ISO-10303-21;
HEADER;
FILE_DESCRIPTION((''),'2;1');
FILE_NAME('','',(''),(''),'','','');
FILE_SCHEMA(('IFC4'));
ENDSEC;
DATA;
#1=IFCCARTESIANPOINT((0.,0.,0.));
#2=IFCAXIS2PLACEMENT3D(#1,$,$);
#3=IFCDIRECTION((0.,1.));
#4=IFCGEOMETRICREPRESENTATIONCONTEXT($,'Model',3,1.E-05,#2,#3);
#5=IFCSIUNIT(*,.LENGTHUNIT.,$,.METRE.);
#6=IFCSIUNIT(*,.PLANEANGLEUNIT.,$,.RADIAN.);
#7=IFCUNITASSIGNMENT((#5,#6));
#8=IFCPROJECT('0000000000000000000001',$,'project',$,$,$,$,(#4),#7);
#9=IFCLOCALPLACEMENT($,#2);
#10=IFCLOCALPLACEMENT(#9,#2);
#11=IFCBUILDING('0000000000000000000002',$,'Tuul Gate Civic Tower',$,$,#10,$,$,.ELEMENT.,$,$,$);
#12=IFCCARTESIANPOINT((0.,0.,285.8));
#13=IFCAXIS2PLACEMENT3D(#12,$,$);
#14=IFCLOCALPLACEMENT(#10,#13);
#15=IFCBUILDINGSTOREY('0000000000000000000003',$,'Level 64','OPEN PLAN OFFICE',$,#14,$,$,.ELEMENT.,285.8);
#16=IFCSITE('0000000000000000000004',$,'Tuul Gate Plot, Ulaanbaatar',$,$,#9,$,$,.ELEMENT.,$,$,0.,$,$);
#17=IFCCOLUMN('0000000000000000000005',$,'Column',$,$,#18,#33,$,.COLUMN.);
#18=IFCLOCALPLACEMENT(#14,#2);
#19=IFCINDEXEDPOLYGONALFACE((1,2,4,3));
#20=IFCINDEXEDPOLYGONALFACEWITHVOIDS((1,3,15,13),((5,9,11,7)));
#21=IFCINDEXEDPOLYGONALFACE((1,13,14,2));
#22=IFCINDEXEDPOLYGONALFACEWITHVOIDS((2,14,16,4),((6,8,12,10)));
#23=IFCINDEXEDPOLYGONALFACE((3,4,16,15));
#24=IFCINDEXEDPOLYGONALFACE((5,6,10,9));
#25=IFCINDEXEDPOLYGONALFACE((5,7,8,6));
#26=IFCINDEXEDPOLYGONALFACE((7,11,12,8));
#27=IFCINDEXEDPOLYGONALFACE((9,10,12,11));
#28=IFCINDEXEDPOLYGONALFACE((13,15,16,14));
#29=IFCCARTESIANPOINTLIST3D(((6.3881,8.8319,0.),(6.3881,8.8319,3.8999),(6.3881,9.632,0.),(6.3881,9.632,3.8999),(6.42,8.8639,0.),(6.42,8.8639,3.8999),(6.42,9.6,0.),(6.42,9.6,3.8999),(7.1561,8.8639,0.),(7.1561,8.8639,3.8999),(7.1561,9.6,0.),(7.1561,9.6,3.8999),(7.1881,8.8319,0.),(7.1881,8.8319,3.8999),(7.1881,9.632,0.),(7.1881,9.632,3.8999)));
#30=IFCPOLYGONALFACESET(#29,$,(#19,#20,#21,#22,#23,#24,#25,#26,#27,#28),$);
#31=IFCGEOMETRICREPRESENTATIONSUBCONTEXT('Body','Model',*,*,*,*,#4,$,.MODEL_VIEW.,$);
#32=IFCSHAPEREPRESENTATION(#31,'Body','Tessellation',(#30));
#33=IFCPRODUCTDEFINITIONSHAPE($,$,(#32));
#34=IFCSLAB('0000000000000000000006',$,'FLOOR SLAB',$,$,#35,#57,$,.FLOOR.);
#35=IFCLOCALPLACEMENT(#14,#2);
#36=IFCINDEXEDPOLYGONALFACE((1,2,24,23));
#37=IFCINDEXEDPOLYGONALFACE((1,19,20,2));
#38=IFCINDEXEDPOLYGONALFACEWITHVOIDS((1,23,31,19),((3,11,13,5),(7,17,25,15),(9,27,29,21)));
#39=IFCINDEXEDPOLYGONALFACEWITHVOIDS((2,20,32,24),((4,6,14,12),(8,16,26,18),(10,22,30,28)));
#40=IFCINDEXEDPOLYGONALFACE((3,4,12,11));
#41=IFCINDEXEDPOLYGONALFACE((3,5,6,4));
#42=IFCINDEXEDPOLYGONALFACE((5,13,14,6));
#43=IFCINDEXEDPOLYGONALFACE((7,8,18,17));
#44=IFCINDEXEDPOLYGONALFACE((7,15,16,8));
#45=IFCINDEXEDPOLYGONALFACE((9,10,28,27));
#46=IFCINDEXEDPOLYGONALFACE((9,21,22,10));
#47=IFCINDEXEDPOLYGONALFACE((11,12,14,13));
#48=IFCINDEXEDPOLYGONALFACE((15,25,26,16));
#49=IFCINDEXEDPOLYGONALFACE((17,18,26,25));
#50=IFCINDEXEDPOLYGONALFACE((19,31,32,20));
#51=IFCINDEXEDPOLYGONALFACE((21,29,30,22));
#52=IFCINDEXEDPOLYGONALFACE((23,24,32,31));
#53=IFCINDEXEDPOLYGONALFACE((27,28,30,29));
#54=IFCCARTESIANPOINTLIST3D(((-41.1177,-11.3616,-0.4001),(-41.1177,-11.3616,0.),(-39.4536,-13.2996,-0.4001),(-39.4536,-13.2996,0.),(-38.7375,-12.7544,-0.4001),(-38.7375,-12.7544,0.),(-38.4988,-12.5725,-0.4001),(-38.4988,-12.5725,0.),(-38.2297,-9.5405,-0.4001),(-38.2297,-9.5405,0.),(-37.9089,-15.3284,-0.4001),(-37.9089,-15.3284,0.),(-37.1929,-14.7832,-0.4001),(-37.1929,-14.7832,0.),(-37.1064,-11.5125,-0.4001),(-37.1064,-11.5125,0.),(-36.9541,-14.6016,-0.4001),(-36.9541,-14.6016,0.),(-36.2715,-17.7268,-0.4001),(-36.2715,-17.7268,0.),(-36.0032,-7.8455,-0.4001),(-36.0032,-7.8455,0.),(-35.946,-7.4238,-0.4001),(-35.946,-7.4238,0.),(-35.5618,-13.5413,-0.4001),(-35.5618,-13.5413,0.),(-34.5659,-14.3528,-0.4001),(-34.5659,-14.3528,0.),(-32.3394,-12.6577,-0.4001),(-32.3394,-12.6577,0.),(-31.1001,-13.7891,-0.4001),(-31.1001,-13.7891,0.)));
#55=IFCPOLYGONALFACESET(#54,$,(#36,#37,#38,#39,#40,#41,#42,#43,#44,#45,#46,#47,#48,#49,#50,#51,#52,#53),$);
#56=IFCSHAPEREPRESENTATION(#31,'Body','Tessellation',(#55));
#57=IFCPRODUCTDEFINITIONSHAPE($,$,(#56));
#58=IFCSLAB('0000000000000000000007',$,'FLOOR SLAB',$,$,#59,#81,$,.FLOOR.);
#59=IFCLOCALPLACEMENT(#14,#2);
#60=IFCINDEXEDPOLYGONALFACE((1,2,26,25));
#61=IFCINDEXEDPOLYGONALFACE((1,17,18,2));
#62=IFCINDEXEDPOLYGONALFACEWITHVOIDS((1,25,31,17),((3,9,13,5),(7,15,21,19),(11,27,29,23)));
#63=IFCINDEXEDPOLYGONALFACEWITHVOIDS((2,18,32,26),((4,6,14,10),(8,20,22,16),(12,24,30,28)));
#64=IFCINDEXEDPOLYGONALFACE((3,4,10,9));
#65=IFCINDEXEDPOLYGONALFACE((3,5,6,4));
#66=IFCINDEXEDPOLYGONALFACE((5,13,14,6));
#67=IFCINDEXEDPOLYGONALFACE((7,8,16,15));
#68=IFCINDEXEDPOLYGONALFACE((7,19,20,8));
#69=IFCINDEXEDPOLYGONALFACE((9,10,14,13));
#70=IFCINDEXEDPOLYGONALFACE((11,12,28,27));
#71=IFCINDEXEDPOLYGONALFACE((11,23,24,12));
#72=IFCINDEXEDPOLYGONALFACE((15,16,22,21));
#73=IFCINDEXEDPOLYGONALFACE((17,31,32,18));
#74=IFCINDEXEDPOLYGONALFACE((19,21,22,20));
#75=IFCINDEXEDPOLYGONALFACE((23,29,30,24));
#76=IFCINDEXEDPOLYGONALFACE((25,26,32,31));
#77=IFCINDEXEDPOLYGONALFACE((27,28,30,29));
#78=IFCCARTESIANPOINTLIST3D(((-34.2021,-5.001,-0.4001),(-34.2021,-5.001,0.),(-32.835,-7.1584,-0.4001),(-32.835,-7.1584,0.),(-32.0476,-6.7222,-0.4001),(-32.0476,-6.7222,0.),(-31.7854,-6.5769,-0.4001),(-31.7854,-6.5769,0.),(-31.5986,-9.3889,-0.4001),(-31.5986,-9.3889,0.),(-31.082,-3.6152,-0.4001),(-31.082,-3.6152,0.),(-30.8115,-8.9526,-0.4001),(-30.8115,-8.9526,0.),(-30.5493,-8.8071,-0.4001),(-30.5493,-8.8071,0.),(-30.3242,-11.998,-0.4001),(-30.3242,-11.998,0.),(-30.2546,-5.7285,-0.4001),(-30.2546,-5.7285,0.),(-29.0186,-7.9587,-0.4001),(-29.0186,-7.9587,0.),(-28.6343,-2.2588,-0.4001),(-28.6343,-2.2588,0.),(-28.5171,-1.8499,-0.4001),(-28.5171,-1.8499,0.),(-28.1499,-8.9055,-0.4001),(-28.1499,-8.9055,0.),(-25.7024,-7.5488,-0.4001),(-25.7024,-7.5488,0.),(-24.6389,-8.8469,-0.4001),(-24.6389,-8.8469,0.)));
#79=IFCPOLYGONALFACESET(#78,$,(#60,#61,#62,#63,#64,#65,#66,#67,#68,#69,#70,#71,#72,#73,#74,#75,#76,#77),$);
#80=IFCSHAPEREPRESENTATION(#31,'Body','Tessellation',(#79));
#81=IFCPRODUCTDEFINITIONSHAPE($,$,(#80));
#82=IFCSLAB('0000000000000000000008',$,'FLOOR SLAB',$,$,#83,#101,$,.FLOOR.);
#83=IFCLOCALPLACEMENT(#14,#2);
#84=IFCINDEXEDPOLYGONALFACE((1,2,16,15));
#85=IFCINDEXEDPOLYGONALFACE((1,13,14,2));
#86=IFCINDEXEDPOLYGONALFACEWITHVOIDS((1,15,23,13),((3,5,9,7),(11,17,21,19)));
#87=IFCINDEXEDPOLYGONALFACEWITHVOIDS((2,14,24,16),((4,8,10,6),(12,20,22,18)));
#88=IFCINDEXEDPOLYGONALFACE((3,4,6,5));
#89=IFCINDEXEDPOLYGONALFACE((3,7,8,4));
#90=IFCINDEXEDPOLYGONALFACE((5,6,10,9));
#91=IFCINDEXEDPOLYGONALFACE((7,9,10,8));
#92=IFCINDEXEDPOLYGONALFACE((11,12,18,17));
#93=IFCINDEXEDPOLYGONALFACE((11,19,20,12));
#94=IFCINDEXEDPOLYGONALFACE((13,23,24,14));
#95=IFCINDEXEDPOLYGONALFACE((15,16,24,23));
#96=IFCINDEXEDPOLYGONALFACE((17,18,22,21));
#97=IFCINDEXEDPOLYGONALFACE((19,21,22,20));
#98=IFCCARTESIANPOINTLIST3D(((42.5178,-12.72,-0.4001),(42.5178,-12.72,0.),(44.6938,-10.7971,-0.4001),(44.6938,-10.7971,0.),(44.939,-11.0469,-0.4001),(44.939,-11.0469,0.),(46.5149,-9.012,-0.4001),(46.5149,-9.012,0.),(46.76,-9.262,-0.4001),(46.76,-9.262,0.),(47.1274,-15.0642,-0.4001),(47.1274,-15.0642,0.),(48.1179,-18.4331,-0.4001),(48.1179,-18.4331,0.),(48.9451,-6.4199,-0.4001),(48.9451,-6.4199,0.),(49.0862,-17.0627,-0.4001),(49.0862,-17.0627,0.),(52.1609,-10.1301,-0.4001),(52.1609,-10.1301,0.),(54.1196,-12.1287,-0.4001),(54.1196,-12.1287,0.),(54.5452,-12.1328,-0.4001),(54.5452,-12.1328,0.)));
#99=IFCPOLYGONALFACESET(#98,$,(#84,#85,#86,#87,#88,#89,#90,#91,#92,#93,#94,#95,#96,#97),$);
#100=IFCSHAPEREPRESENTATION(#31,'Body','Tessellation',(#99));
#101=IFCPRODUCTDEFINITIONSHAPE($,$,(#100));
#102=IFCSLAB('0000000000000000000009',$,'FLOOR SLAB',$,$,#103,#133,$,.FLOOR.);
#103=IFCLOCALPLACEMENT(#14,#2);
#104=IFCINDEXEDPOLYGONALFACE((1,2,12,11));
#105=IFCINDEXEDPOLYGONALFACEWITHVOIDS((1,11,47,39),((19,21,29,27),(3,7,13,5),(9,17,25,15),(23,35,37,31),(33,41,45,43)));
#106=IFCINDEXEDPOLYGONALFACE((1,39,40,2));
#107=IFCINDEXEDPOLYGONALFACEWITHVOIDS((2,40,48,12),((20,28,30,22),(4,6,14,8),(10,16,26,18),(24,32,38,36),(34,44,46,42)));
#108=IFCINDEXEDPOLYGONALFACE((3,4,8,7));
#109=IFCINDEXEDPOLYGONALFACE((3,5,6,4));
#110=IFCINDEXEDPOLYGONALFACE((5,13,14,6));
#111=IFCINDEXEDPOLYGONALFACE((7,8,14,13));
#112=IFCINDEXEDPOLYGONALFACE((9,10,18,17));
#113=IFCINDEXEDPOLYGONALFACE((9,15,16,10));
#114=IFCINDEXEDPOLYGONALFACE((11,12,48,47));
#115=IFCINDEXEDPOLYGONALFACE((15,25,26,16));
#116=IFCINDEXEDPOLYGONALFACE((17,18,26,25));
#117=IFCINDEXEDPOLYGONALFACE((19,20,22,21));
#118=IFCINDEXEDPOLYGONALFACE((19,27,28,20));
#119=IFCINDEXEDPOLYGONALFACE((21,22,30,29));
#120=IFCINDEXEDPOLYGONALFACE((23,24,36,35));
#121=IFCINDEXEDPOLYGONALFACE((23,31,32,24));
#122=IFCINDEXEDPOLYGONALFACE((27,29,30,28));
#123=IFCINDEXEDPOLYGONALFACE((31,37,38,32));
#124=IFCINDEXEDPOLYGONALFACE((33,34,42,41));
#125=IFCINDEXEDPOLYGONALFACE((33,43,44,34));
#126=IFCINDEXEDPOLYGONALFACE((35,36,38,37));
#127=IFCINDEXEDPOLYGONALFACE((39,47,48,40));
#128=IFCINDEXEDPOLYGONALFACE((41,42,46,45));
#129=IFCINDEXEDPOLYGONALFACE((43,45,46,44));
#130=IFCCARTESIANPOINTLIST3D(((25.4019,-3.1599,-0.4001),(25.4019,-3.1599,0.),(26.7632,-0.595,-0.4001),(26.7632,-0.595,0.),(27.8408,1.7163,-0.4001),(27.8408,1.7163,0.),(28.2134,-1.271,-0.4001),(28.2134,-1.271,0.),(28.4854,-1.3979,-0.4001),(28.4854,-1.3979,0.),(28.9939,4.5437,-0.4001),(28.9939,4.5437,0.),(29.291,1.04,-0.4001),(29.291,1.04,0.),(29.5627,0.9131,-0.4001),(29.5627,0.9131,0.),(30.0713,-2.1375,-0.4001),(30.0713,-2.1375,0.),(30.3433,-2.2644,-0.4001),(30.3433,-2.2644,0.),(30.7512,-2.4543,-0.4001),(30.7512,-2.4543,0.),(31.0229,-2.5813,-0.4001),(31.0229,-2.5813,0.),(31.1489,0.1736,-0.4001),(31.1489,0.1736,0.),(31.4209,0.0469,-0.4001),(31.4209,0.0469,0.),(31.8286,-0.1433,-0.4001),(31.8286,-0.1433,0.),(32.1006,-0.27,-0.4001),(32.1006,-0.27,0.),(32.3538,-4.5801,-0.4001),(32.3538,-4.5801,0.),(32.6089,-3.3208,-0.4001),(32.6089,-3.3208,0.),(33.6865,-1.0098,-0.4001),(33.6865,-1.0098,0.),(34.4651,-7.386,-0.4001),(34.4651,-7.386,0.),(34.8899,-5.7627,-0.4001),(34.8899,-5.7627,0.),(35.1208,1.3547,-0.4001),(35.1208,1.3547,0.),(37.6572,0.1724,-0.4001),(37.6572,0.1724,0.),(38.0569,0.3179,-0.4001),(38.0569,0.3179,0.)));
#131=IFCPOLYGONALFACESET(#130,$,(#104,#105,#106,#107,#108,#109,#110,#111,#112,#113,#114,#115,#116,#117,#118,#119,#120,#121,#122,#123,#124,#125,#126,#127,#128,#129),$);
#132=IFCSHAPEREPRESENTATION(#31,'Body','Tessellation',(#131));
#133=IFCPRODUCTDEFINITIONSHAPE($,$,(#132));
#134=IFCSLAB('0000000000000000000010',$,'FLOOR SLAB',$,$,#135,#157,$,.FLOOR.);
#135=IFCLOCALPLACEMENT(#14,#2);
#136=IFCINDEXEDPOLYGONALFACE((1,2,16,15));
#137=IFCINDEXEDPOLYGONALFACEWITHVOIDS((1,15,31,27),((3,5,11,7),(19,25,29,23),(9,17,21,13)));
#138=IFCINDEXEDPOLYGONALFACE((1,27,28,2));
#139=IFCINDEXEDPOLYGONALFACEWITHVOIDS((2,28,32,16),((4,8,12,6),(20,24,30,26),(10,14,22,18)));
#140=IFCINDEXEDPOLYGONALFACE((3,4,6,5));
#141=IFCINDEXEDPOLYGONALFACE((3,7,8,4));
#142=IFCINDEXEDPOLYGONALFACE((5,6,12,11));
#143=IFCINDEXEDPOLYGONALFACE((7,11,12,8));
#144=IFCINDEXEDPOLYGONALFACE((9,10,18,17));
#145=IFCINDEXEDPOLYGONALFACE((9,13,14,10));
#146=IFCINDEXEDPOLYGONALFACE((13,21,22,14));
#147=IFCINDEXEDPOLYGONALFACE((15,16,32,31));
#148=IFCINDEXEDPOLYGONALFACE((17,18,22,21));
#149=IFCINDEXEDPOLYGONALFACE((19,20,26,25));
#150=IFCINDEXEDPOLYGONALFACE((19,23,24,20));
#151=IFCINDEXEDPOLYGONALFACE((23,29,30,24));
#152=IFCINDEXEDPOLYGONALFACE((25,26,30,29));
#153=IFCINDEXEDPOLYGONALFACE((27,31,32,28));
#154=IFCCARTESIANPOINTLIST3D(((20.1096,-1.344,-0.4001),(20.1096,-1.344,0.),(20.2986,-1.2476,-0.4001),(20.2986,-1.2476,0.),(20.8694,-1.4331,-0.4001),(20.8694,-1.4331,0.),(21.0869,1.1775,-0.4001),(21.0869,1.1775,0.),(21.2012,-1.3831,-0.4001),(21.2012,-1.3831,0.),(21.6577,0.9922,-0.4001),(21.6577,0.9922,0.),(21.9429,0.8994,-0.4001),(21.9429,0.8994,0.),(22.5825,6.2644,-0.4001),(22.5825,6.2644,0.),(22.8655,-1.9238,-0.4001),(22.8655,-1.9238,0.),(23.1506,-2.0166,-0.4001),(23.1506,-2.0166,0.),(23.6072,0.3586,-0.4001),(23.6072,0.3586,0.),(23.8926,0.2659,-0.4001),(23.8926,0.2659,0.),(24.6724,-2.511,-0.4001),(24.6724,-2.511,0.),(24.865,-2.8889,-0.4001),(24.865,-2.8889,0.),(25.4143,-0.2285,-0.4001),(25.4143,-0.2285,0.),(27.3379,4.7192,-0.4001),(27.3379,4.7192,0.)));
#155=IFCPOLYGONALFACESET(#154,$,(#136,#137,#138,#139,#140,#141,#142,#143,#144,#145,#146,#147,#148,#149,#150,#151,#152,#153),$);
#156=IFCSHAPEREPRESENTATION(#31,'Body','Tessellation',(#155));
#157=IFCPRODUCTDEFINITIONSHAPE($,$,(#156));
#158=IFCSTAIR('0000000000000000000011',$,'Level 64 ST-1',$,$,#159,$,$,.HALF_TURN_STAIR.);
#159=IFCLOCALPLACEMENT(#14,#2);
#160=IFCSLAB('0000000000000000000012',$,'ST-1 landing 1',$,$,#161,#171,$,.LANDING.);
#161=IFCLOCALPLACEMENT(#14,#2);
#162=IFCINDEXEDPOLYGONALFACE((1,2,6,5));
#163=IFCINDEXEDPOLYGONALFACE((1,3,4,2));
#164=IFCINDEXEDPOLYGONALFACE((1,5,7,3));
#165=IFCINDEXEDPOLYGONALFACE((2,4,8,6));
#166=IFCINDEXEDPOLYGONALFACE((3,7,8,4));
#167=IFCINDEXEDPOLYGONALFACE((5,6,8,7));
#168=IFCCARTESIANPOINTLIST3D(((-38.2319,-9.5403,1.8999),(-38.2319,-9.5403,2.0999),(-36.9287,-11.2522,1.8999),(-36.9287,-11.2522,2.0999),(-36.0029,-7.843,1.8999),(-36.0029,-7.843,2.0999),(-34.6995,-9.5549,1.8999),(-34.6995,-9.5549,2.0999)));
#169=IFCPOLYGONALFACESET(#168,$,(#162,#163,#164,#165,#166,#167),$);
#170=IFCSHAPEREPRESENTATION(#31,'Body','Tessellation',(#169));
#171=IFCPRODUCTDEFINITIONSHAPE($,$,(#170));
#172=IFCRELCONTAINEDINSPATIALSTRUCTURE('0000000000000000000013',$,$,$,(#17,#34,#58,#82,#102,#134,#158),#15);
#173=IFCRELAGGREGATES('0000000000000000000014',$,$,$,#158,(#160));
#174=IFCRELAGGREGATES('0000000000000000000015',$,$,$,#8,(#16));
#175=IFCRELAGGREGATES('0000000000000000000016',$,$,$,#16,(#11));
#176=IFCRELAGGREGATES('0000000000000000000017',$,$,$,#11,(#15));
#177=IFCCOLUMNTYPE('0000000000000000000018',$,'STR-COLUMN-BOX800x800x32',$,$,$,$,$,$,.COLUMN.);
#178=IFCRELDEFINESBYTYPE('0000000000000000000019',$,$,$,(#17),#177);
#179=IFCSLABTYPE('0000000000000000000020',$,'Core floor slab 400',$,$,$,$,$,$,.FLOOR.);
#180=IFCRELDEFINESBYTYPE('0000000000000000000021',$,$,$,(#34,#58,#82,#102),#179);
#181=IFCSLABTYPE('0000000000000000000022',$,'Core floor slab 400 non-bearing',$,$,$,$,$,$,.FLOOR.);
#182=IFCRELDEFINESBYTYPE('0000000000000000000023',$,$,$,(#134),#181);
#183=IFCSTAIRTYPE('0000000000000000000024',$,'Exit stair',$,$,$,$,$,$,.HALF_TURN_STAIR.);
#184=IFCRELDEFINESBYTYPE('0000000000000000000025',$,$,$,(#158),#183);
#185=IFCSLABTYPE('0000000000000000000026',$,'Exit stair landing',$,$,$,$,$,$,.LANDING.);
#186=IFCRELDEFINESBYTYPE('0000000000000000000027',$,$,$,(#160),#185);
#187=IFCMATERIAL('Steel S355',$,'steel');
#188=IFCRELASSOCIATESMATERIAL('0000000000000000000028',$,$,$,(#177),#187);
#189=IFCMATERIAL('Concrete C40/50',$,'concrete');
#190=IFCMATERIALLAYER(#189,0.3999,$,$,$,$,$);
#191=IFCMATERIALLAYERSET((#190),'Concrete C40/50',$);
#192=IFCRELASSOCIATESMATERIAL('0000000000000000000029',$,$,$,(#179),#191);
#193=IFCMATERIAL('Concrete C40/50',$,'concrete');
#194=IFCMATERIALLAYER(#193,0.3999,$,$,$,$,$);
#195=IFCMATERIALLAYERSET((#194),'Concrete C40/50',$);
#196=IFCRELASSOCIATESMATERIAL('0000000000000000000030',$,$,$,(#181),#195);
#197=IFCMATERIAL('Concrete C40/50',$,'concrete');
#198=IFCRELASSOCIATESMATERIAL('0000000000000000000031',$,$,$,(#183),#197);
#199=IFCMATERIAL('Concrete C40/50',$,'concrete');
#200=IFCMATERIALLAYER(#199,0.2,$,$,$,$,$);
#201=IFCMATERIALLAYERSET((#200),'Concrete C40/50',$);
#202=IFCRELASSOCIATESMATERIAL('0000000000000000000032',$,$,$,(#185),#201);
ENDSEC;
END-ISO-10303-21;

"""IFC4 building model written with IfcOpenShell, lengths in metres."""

from ifc_helpers import new_model, si_unit, direction, frame, origin, origin_2d, place, context, subcontext, project, spatial, polyline, hollow_rectangle, outline, extrude, material, layer, layer_set, material_profile, profile_set, type_object, element, aggregate, save


model = new_model("IFC4")

# Units and contexts
model_context = context("Model", 3, precision=1e-05, world=origin(), true_north=direction((0.0, 1.0)))
body_context = subcontext(model_context, "Body", "Model", "MODEL_VIEW")
ifc_project = project(units=[si_unit("LENGTHUNIT", "METRE"), si_unit("PLANEANGLEUNIT", "RADIAN")], contexts=[model_context])

# Site, building, storey
site_placement = place(None, origin())
site = spatial("IfcSite", under=ifc_project, at=site_placement, Name="Tuul Gate Plot, Ulaanbaatar", CompositionType="ELEMENT", RefElevation=0.0)
building_placement = place(site_placement, origin())
building = spatial("IfcBuilding", under=site, at=building_placement, Name="Tuul Gate Civic Tower", CompositionType="ELEMENT")
storey_placement = place(building_placement, frame((0.0, 0.0, 285.8)))
storey = spatial("IfcBuildingStorey", under=building, at=storey_placement, Name="Level 64", Description="OPEN PLAN OFFICE", CompositionType="ELEMENT", Elevation=285.8)

# Column
ifc_material_1 = material(Name="Steel S355", Category="steel")
ifc_material_profile_1 = material_profile(ifc_material_1, hollow_rectangle(XDim=0.8, YDim=0.8, WallThickness=0.032, at=origin_2d()), Name="BOX800x800x32")
ifc_profile_set_1 = profile_set([ifc_material_profile_1], Name="Steel S355")
column_type = type_object("IfcColumnType", Name="STR-COLUMN-BOX800x800x32", PredefinedType="COLUMN", material=ifc_profile_set_1)
column_placement = place(storey_placement, frame((6.7881, 9.2319, 0.0), z_axis=(0.0, 0.0, 1.0), x_axis=(1.0, 0.0, 0.0)))
element("IfcColumn", 1, at=column_placement, inside=storey, type_object=column_type, Name="Column", PredefinedType="COLUMN", context=body_context, shape_type="SweptSolid", body=[
    extrude(hollow_rectangle(XDim=0.8, YDim=0.8, WallThickness=0.032, at=origin_2d()), origin(), (0.0, 0.0, 1.0), 3.8999),
])

# Slabs
ifc_material_2 = material(Name="Concrete C40/50", Category="concrete")
ifc_layer_1 = layer(ifc_material_2, 0.3999)
ifc_layer_set_1 = layer_set([ifc_layer_1], Name="Concrete C40/50")
slab_type_1 = type_object("IfcSlabType", Name="Core floor slab 400", PredefinedType="FLOOR", material=ifc_layer_set_1)
slab_1_placement = place(storey_placement, frame((0.0, 0.0, -0.4001)))
element("IfcSlab", 2, at=slab_1_placement, inside=storey, type_object=slab_type_1, Name="FLOOR SLAB", PredefinedType="FLOOR", context=body_context, shape_type="SweptSolid", body=[
    extrude(outline(polyline([(-31.1001, -13.7891), (-35.946, -7.4238), (-41.1177, -11.3616), (-36.2715, -17.7268), (-31.1001, -13.7891)]), holes=[polyline([(-35.5618, -13.5413), (-37.1064, -11.5125), (-38.4988, -12.5725), (-36.9541, -14.6016), (-35.5618, -13.5413)]), polyline([(-37.1929, -14.7832), (-38.7375, -12.7544), (-39.4536, -13.2996), (-37.9089, -15.3284), (-37.1929, -14.7832)]), polyline([(-32.3394, -12.6577), (-34.5659, -14.3528), (-38.2297, -9.5405), (-36.0032, -7.8455), (-32.3394, -12.6577)])]), origin(), (0.0, 0.0, 1.0), 0.4001),
])
slab_2_placement = place(storey_placement, frame((0.0, 0.0, -0.4001)))
element("IfcSlab", 3, at=slab_2_placement, inside=storey, type_object=slab_type_1, Name="FLOOR SLAB", PredefinedType="FLOOR", context=body_context, shape_type="SweptSolid", body=[
    extrude(outline(polyline([(-24.6389, -8.8469), (-28.5171, -1.8499), (-34.2021, -5.001), (-30.3242, -11.998), (-24.6389, -8.8469)]), holes=[polyline([(-29.0186, -7.9587), (-30.2546, -5.7285), (-31.7854, -6.5769), (-30.5493, -8.8071), (-29.0186, -7.9587)]), polyline([(-30.8115, -8.9526), (-32.0476, -6.7222), (-32.835, -7.1584), (-31.5986, -9.3889), (-30.8115, -8.9526)]), polyline([(-25.7024, -7.5488), (-28.1499, -8.9055), (-31.082, -3.6152), (-28.6343, -2.2588), (-25.7024, -7.5488)])]), origin(), (0.0, 0.0, 1.0), 0.4001),
])
slab_3_placement = place(storey_placement, frame((0.0, 0.0, -0.4001)))
element("IfcSlab", 4, at=slab_3_placement, inside=storey, type_object=slab_type_1, Name="FLOOR SLAB", PredefinedType="FLOOR", context=body_context, shape_type="SweptSolid", body=[
    extrude(outline(polyline([(48.1179, -18.4331), (54.5452, -12.1328), (48.9451, -6.4199), (42.5178, -12.72), (48.1179, -18.4331)]), holes=[polyline([(44.939, -11.0469), (46.76, -9.262), (46.5149, -9.012), (44.6938, -10.7971), (44.939, -11.0469)]), polyline([(49.0862, -17.0627), (47.1274, -15.0642), (52.1609, -10.1301), (54.1196, -12.1287), (49.0862, -17.0627)])]), origin(), (0.0, 0.0, 1.0), 0.4001),
])
slab_4_placement = place(storey_placement, frame((0.0, 0.0, -0.4001)))
element("IfcSlab", 5, at=slab_4_placement, inside=storey, type_object=slab_type_1, Name="FLOOR SLAB", PredefinedType="FLOOR", context=body_context, shape_type="SweptSolid", body=[
    extrude(outline(polyline([(34.4651, -7.386), (38.0569, 0.3179), (28.9939, 4.5437), (25.4019, -3.1599), (34.4651, -7.386)]), holes=[polyline([(32.6089, -3.3208), (33.6865, -1.0098), (32.1006, -0.27), (31.0229, -2.5813), (32.6089, -3.3208)]), polyline([(30.0713, -2.1375), (31.1489, 0.1736), (29.5627, 0.9131), (28.4854, -1.3979), (30.0713, -2.1375)]), polyline([(30.7512, -2.4543), (31.8286, -0.1433), (31.4209, 0.0469), (30.3433, -2.2644), (30.7512, -2.4543)]), polyline([(28.2134, -1.271), (29.291, 1.04), (27.8408, 1.7163), (26.7632, -0.595), (28.2134, -1.271)]), polyline([(34.8899, -5.7627), (32.3538, -4.5801), (35.1208, 1.3547), (37.6572, 0.1724), (34.8899, -5.7627)])]), origin(), (0.0, 0.0, 1.0), 0.4001),
])
ifc_material_3 = material(Name="Concrete C40/50", Category="concrete")
ifc_layer_2 = layer(ifc_material_3, 0.3999)
ifc_layer_set_2 = layer_set([ifc_layer_2], Name="Concrete C40/50")
slab_type_2 = type_object("IfcSlabType", Name="Core floor slab 400 non-bearing", PredefinedType="FLOOR", material=ifc_layer_set_2)
slab_5_placement = place(storey_placement, frame((0.0, 0.0, -0.4001)))
element("IfcSlab", 6, at=slab_5_placement, inside=storey, type_object=slab_type_2, Name="FLOOR SLAB", PredefinedType="FLOOR", context=body_context, shape_type="SweptSolid", body=[
    extrude(outline(polyline([(24.865, -2.8889), (27.3379, 4.7192), (22.5825, 6.2644), (20.1096, -1.344), (24.865, -2.8889)]), holes=[polyline([(24.6724, -2.511), (25.4143, -0.2285), (23.8926, 0.2659), (23.1506, -2.0166), (24.6724, -2.511)]), polyline([(22.8655, -1.9238), (23.6072, 0.3586), (21.9429, 0.8994), (21.2012, -1.3831), (22.8655, -1.9238)]), polyline([(20.8694, -1.4331), (21.6577, 0.9922), (21.0869, 1.1775), (20.2986, -1.2476), (20.8694, -1.4331)])]), origin(), (0.0, 0.0, 1.0), 0.4001),
])

# Stair, slab
ifc_material_4 = material(Name="Concrete C40/50", Category="concrete")
stair_type = type_object("IfcStairType", Name="Exit stair", PredefinedType="HALF_TURN_STAIR", material=ifc_material_4)
stair_1_placement = place(storey_placement, origin())
stair_1 = element("IfcStair", 7, at=stair_1_placement, inside=storey, type_object=stair_type, Name="Level 64 ST-1", PredefinedType="HALF_TURN_STAIR")
ifc_material_5 = material(Name="Concrete C40/50", Category="concrete")
ifc_layer_3 = layer(ifc_material_5, 0.2)
ifc_layer_set_3 = layer_set([ifc_layer_3], Name="Concrete C40/50")
slab_type_3 = type_object("IfcSlabType", Name="Exit stair landing", PredefinedType="LANDING", material=ifc_layer_set_3)
slab_6_placement = place(storey_placement, frame((0.0, 0.0, 1.8999)))
slab_6 = element("IfcSlab", 8, at=slab_6_placement, type_object=slab_type_3, Name="ST-1 landing 1", PredefinedType="LANDING", context=body_context, shape_type="SweptSolid", body=[
    extrude(outline(polyline([(-34.6995, -9.5549), (-36.9287, -11.2522), (-38.2319, -9.5403), (-36.0029, -7.843), (-34.6995, -9.5549)])), origin(), (0.0, 0.0, 1.0), 0.2),
])
aggregate(stair_1, [slab_6])

save(model, "model.ifc")
